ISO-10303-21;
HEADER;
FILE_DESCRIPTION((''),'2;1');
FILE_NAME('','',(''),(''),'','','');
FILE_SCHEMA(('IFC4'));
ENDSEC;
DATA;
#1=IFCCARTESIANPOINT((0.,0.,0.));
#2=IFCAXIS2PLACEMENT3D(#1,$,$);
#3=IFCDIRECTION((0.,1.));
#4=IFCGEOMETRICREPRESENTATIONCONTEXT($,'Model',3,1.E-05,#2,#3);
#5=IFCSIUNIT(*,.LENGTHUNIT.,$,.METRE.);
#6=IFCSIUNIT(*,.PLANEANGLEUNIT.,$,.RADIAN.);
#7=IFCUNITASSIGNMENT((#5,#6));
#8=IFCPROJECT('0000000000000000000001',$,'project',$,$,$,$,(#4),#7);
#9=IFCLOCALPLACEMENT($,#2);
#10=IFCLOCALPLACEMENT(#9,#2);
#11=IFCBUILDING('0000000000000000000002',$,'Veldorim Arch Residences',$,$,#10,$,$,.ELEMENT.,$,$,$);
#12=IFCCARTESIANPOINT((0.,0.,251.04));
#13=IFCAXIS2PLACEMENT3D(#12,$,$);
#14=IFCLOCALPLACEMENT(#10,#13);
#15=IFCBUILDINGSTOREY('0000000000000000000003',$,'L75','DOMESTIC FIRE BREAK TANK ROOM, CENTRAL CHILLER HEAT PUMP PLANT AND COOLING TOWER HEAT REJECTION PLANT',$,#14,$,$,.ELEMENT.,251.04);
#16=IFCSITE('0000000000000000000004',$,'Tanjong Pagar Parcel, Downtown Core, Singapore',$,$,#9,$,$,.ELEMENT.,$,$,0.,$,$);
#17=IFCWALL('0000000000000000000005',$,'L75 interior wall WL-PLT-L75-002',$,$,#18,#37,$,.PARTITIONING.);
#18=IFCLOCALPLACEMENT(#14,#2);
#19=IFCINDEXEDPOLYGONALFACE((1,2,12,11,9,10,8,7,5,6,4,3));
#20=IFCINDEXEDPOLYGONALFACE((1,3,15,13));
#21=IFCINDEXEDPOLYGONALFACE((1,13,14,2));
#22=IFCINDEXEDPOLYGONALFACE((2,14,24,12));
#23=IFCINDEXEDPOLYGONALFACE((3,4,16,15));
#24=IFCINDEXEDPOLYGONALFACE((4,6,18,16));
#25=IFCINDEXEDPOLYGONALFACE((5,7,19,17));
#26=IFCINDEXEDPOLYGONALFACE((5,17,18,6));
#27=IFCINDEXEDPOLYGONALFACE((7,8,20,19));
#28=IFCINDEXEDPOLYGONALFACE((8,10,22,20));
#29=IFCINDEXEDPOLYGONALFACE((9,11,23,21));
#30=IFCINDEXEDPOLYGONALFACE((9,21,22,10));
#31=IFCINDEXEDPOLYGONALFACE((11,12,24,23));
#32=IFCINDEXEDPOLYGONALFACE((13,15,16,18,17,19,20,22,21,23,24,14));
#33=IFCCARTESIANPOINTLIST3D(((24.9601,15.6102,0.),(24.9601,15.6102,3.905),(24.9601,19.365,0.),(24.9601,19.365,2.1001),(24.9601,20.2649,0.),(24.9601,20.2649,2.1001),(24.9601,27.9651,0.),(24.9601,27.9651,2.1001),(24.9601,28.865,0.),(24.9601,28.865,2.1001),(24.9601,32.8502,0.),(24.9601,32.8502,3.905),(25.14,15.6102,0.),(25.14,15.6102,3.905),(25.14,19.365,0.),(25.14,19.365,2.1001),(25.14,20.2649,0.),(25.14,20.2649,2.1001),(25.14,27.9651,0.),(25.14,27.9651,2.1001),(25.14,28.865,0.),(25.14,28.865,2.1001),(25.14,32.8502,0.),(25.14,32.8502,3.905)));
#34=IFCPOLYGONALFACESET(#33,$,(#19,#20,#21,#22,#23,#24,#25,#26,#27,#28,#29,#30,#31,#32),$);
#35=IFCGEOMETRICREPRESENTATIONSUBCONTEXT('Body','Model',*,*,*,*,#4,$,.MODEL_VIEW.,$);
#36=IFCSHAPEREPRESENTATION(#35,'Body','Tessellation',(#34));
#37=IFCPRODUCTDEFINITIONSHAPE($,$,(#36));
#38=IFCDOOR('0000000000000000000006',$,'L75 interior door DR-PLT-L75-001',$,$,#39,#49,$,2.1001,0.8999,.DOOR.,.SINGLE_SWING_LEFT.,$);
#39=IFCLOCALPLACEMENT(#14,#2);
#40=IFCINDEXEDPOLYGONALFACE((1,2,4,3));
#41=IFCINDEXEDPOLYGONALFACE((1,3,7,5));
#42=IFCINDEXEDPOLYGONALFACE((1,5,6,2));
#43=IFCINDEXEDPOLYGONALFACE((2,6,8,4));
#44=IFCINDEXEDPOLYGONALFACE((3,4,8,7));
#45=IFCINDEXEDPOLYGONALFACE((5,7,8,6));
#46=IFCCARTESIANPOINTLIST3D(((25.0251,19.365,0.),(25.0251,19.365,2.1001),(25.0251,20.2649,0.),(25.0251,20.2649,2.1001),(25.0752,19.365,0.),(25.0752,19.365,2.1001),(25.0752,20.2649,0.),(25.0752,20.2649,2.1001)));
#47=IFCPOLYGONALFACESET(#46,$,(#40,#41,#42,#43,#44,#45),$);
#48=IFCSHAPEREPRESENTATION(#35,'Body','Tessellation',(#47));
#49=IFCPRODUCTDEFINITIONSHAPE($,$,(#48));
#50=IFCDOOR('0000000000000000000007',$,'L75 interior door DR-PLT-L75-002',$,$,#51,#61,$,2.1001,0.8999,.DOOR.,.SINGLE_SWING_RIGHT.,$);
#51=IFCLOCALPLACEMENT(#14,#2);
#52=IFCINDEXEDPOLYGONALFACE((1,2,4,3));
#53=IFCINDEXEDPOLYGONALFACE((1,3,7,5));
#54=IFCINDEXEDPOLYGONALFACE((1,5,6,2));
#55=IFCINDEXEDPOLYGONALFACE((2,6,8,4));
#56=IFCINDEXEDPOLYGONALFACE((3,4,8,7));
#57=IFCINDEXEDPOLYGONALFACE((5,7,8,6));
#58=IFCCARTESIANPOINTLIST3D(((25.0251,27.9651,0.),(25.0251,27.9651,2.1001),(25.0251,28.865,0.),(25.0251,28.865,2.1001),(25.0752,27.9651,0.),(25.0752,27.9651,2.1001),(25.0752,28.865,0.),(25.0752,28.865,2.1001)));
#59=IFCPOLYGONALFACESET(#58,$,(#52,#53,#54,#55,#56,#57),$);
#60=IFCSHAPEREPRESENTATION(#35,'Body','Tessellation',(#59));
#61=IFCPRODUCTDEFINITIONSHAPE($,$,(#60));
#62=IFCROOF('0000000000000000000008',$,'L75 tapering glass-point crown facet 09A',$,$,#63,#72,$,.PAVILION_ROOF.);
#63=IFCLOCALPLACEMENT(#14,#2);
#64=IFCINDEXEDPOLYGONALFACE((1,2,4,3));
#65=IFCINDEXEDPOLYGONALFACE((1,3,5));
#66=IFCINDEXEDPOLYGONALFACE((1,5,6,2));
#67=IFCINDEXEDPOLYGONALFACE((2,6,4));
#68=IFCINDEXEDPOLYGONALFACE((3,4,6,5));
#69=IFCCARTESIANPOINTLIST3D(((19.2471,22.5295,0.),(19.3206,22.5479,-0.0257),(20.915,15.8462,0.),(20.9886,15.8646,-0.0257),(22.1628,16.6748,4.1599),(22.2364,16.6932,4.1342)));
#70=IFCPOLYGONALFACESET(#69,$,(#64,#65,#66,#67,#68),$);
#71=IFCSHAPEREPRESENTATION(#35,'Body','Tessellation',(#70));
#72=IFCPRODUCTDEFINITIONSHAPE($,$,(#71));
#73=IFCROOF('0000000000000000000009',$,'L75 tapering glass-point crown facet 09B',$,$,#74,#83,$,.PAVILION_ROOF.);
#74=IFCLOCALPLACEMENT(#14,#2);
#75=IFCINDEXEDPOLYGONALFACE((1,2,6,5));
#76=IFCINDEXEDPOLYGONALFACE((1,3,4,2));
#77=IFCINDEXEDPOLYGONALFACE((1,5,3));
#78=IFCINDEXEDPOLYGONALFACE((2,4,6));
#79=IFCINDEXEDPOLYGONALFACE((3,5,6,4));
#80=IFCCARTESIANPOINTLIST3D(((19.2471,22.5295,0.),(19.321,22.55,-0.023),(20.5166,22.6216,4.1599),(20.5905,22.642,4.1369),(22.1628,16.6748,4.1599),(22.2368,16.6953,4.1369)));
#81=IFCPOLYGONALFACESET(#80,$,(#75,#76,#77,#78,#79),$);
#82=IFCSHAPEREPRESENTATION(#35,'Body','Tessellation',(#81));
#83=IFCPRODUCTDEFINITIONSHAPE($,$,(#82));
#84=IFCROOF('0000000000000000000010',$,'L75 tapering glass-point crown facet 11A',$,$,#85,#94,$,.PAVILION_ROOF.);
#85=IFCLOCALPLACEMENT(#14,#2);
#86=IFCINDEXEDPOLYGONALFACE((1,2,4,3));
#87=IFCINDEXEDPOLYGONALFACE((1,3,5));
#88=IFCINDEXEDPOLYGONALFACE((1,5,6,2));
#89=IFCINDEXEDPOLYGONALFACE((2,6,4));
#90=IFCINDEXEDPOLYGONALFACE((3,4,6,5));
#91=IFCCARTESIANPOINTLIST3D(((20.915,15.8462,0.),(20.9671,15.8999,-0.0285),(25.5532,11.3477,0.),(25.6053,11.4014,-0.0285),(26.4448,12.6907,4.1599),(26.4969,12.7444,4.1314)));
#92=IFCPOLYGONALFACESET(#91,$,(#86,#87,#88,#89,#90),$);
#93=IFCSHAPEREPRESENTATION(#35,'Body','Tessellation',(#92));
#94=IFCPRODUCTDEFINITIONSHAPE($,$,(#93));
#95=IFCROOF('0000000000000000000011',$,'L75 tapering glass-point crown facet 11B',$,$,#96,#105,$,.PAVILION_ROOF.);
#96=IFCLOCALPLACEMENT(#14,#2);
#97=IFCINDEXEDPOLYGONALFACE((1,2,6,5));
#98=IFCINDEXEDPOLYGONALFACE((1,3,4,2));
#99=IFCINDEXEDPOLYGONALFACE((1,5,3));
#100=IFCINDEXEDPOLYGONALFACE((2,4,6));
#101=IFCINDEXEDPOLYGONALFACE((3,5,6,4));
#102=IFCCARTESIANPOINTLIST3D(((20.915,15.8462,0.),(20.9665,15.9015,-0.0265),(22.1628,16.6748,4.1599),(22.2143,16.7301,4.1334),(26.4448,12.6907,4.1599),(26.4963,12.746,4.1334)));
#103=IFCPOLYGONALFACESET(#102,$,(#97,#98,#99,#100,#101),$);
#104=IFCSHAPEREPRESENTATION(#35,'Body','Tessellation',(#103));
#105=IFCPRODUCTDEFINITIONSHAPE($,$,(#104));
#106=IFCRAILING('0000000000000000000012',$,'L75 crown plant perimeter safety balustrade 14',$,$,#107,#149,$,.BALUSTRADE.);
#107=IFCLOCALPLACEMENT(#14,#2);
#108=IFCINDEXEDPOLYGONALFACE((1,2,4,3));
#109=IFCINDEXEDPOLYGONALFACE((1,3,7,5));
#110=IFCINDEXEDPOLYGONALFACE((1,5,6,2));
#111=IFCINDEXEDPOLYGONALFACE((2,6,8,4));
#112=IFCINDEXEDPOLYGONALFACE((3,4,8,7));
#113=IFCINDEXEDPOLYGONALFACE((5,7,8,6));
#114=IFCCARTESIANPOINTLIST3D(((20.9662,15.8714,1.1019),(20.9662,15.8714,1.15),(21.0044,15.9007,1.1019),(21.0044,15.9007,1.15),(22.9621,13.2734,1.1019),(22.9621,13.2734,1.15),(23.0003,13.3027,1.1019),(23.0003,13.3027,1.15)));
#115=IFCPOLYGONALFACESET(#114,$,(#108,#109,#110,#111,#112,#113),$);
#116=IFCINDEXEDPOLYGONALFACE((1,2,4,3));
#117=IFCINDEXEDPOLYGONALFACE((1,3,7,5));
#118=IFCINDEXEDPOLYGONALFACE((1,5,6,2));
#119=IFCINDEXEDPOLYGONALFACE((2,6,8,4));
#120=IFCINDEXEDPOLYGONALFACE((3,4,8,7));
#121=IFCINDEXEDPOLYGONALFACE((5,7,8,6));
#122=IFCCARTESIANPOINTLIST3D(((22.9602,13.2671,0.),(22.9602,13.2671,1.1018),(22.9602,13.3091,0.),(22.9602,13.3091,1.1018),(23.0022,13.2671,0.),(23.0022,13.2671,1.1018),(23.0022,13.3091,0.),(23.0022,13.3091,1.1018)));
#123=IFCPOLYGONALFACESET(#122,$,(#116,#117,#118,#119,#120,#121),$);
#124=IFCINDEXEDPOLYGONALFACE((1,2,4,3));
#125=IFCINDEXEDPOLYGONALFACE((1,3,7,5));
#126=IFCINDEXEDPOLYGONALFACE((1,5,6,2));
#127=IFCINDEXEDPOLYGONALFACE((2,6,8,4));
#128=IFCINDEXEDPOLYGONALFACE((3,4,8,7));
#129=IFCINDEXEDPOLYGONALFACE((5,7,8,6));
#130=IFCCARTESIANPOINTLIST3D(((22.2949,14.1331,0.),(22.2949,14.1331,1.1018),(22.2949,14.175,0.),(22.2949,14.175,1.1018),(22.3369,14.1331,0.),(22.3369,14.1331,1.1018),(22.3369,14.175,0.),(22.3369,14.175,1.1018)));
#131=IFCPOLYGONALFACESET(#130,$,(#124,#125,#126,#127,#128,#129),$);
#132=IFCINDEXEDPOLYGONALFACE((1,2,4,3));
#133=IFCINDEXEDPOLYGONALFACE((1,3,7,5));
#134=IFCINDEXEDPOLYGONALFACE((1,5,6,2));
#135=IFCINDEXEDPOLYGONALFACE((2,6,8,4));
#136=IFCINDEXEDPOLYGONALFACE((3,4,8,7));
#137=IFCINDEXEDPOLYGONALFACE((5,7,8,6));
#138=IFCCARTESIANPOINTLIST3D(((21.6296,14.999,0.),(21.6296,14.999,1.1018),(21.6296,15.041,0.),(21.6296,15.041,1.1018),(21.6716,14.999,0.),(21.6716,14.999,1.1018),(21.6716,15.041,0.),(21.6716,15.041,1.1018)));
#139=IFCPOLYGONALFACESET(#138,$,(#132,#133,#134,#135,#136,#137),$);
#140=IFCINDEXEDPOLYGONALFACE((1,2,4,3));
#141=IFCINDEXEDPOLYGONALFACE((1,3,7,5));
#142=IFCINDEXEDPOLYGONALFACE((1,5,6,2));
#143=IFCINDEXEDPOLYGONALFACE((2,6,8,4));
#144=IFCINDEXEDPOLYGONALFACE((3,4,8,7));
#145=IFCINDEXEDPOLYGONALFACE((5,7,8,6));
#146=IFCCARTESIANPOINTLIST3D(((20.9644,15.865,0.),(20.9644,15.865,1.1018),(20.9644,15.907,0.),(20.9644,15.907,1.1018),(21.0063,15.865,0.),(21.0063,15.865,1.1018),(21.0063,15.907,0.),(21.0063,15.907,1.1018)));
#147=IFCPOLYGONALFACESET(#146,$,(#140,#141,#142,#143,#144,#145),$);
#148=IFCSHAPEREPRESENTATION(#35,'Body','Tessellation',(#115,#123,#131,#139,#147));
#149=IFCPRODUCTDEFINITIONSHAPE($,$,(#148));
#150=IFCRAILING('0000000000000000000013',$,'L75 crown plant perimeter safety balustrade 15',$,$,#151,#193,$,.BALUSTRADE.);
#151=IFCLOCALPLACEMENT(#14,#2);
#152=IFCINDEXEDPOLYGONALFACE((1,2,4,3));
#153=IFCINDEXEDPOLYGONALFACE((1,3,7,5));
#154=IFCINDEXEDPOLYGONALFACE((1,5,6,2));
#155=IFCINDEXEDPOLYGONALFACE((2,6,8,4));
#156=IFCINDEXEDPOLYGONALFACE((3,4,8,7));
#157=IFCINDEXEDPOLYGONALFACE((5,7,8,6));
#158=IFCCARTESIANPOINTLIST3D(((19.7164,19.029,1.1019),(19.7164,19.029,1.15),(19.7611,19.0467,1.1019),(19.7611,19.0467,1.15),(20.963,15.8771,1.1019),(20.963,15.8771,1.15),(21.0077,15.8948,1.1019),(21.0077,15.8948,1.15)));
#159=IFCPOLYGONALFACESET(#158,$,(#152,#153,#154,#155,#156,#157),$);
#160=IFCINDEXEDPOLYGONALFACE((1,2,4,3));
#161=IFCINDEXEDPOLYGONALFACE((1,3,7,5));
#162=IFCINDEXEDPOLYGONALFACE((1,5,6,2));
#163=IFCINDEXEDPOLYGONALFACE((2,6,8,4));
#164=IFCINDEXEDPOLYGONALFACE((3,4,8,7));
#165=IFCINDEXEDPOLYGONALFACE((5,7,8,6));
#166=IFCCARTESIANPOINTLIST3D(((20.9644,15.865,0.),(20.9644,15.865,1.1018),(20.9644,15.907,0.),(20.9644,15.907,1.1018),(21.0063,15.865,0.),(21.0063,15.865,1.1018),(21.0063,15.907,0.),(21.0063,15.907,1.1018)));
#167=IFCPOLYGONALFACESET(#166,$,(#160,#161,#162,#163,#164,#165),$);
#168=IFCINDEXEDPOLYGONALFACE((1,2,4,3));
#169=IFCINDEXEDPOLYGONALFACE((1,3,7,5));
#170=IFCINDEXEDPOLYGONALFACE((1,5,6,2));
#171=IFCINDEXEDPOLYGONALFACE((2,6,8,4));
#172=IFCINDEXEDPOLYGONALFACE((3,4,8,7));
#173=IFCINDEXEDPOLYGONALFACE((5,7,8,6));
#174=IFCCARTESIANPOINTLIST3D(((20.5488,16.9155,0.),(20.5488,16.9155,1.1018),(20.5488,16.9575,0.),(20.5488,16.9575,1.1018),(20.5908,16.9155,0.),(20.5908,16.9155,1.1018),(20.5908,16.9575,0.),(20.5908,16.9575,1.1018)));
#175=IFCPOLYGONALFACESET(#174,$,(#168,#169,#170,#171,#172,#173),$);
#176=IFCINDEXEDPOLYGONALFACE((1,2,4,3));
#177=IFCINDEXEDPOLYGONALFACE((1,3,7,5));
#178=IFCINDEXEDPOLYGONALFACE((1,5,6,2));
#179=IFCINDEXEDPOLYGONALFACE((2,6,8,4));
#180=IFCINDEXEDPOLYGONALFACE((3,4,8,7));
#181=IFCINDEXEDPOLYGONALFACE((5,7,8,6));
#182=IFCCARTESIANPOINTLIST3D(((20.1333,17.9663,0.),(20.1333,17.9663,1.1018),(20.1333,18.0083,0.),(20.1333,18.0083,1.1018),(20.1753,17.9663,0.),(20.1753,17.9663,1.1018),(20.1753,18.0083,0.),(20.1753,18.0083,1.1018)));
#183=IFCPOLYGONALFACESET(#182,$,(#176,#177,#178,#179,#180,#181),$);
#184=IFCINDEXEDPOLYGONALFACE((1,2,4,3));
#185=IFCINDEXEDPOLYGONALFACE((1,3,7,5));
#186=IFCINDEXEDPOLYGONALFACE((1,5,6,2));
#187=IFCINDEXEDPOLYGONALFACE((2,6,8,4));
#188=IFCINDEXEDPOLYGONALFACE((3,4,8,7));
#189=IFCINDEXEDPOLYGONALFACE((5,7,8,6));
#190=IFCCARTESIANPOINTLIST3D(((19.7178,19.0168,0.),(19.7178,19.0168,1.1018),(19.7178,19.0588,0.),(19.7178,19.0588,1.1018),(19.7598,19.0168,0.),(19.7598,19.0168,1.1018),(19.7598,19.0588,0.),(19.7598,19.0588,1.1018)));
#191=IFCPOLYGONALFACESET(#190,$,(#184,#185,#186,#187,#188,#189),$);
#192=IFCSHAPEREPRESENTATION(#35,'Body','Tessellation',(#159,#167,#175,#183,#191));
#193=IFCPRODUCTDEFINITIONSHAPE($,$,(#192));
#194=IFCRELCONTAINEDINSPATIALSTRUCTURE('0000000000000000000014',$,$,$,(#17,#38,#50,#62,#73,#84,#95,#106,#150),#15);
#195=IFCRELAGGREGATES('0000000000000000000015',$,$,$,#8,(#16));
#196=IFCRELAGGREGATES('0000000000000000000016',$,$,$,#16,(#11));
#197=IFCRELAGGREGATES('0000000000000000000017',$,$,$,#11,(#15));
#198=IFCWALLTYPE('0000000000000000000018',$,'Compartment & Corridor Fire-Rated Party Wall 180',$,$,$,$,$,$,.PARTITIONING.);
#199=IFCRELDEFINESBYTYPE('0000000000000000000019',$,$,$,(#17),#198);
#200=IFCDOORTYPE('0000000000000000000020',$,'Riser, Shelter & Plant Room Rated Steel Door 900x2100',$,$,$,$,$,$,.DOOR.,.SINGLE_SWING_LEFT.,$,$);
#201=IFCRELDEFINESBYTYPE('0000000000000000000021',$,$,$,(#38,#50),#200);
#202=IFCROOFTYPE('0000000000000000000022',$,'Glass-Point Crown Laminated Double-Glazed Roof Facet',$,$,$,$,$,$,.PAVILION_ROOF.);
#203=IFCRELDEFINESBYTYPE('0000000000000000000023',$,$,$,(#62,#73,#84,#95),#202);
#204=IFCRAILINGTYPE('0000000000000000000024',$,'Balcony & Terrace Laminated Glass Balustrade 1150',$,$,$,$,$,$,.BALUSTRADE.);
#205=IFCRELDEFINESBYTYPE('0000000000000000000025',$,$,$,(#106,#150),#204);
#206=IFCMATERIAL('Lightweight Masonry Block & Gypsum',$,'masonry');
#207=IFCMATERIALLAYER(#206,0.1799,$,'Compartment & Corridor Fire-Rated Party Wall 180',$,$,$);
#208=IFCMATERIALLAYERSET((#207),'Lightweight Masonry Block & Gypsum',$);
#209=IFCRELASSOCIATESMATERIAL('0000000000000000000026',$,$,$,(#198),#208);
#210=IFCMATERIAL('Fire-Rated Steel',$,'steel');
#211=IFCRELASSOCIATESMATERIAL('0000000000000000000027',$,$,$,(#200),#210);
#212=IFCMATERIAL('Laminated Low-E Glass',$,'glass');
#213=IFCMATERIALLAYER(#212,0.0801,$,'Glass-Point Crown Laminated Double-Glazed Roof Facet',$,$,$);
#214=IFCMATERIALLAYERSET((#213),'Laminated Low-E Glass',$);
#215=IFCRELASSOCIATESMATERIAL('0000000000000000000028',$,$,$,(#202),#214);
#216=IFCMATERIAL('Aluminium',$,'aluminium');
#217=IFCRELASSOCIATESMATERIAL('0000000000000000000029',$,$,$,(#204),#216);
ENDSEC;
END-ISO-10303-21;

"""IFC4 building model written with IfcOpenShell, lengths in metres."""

from ifc_helpers import new_model, si_unit, direction, frame, frame_2d, origin, origin_2d, place, context, subcontext, project, spatial, polyline, rectangle, outline, extrude, material, layer, layer_set, type_object, element, fill, save


model = new_model("IFC4")

# Units and contexts
model_context = context("Model", 3, precision=1e-05, world=origin(), true_north=direction((0.0, 1.0)))
body_context = subcontext(model_context, "Body", "Model", "MODEL_VIEW")
ifc_project = project(units=[si_unit("LENGTHUNIT", "METRE"), si_unit("PLANEANGLEUNIT", "RADIAN")], contexts=[model_context])

# Site, building, storey
site_placement = place(None, origin())
site = spatial("IfcSite", under=ifc_project, at=site_placement, Name="Tanjong Pagar Parcel, Downtown Core, Singapore", CompositionType="ELEMENT", RefElevation=0.0)
building_placement = place(site_placement, origin())
building = spatial("IfcBuilding", under=site, at=building_placement, Name="Veldorim Arch Residences", CompositionType="ELEMENT")
storey_placement = place(building_placement, frame((0.0, 0.0, 251.04)))
storey = spatial("IfcBuildingStorey", under=building, at=storey_placement, Name="L75", Description="DOMESTIC FIRE BREAK TANK ROOM, CENTRAL CHILLER HEAT PUMP PLANT AND COOLING TOWER HEAT REJECTION PLANT", CompositionType="ELEMENT", Elevation=251.04)

# Wall, openings, doors
ifc_material_1 = material(Name="Lightweight Masonry Block & Gypsum", Category="masonry")
ifc_layer_1 = layer(ifc_material_1, 0.1799, Name="Compartment & Corridor Fire-Rated Party Wall 180")
ifc_layer_set_1 = layer_set([ifc_layer_1], Name="Lightweight Masonry Block & Gypsum")
wall_type = type_object("IfcWallType", Name="Compartment & Corridor Fire-Rated Party Wall 180", PredefinedType="PARTITIONING", material=ifc_layer_set_1)
wall_placement = place(storey_placement, frame((25.05, 15.6101, 0.0), z_axis=(0.0, 0.0, 1.0), x_axis=(0.0, 1.0, 0.0)))
wall = element("IfcWall", 1, at=wall_placement, inside=storey, type_object=wall_type, Name="L75 interior wall WL-PLT-L75-002", PredefinedType="PARTITIONING", context=body_context, shape_type="SweptSolid", body=[
    extrude(rectangle(XDim=17.24, YDim=0.1799, at=frame_2d((8.6201, 0.0))), origin(), (0.0, 0.0, 1.0), 3.905),
])
opening_1_placement = place(wall_placement, frame((3.7549, 0.0, 0.0)))
opening_1 = element("IfcOpeningElement", 2, at=opening_1_placement, cuts=wall, PredefinedType="OPENING", context=body_context, shape_type="SweptSolid", body=[
    extrude(rectangle(XDim=0.8999, YDim=2.1001, at=frame_2d((0.45, 1.05))), frame((0.0, 0.0999, 0.0), z_axis=(0.0, -1.0, 0.0), x_axis=(1.0, 0.0, 0.0)), (0.0, 0.0, 1.0), 0.2),
])
opening_2_placement = place(wall_placement, frame((12.355, 0.0, 0.0)))
opening_2 = element("IfcOpeningElement", 3, at=opening_2_placement, cuts=wall, PredefinedType="OPENING", context=body_context, shape_type="SweptSolid", body=[
    extrude(rectangle(XDim=0.8999, YDim=2.1001, at=frame_2d((0.45, 1.05))), frame((0.0, 0.0999, 0.0), z_axis=(0.0, -1.0, 0.0), x_axis=(1.0, 0.0, 0.0)), (0.0, 0.0, 1.0), 0.2),
])
ifc_material_2 = material(Name="Fire-Rated Steel", Category="steel")
door_type = type_object("IfcDoorType", Name="Riser, Shelter & Plant Room Rated Steel Door 900x2100", OperationType="SINGLE_SWING_LEFT", PredefinedType="DOOR", material=ifc_material_2)
door_1_placement = place(opening_1_placement, origin())
door_1 = element("IfcDoor", 4, at=door_1_placement, inside=storey, type_object=door_type, Name="L75 interior door DR-PLT-L75-001", OperationType="SINGLE_SWING_LEFT", OverallHeight=2.1001, OverallWidth=0.8999, PredefinedType="DOOR", context=body_context, shape_type="SweptSolid", body=[
    extrude(rectangle(XDim=0.8999, YDim=2.1001, at=frame_2d((0.45, 1.05))), frame((0.0, 0.0249, 0.0), z_axis=(0.0, -1.0, 0.0), x_axis=(1.0, 0.0, 0.0)), (0.0, 0.0, 1.0), 0.05),
])
fill(opening_1, door_1)
door_2_placement = place(opening_2_placement, origin())
door_2 = element("IfcDoor", 5, at=door_2_placement, inside=storey, type_object=door_type, Name="L75 interior door DR-PLT-L75-002", OperationType="SINGLE_SWING_RIGHT", OverallHeight=2.1001, OverallWidth=0.8999, PredefinedType="DOOR", context=body_context, shape_type="SweptSolid", body=[
    extrude(rectangle(XDim=0.8999, YDim=2.1001, at=frame_2d((0.45, 1.05))), frame((0.0, 0.0249, 0.0), z_axis=(0.0, -1.0, 0.0), x_axis=(1.0, 0.0, 0.0)), (0.0, 0.0, 1.0), 0.05),
])
fill(opening_2, door_2)

# Roofs
ifc_material_3 = material(Name="Laminated Low-E Glass", Category="glass")
ifc_layer_2 = layer(ifc_material_3, 0.0801, Name="Glass-Point Crown Laminated Double-Glazed Roof Facet")
ifc_layer_set_2 = layer_set([ifc_layer_2], Name="Laminated Low-E Glass")
roof_type = type_object("IfcRoofType", Name="Glass-Point Crown Laminated Double-Glazed Roof Facet", PredefinedType="PAVILION_ROOF", material=ifc_layer_set_2)
roof_1_placement = place(storey_placement, frame((19.2471, 22.5295, 0.0), z_axis=(-0.918803, -0.229306, 0.321279), x_axis=(0.242144, -0.97024, 0.0)))
element("IfcRoof", 6, at=roof_1_placement, inside=storey, type_object=roof_type, Name="L75 tapering glass-point crown facet 09A", PredefinedType="PAVILION_ROOF", context=body_context, shape_type="SweptSolid", body=[
    extrude(outline(polyline([(0.0, 0.0), (6.8883, 0.0), (6.3865, 4.3928), (0.0, 0.0)])), origin(), (0.0, 0.0, -1.0), 0.0801),
])
roof_2_placement = place(storey_placement, frame((19.2471, 22.5295, 0.0), z_axis=(-0.923102, -0.255541, 0.287368), x_axis=(0.37616, -0.755311, 0.536664)))
element("IfcRoof", 7, at=roof_2_placement, inside=storey, type_object=roof_type, Name="L75 tapering glass-point crown facet 09B", PredefinedType="PAVILION_ROOF", context=body_context, shape_type="SweptSolid", body=[
    extrude(outline(polyline([(0.0, 0.0), (7.7514, 0.0), (2.6405, 3.4573), (0.0, 0.0)])), origin(), (0.0, 0.0, -1.0), 0.0801),
])
roof_3_placement = place(storey_placement, frame((20.915, 15.8462, 0.0), z_axis=(-0.650603, -0.6708, 0.356011), x_axis=(0.717831, -0.696218, 0.0)))
element("IfcRoof", 8, at=roof_3_placement, inside=storey, type_object=roof_type, Name="L75 tapering glass-point crown facet 11A", PredefinedType="PAVILION_ROOF", context=body_context, shape_type="SweptSolid", body=[
    extrude(outline(polyline([(0.0, 0.0), (6.4614, 0.0), (6.1664, 4.4516), (0.0, 0.0)])), origin(), (0.0, 0.0, -1.0), 0.0801),
])
roof_4_placement = place(storey_placement, frame((20.915, 15.8462, 0.0), z_axis=(-0.642911, -0.690975, 0.330482), x_axis=(0.727096, -0.41491, 0.546975)))
element("IfcRoof", 9, at=roof_4_placement, inside=storey, type_object=roof_type, Name="L75 tapering glass-point crown facet 11B", PredefinedType="PAVILION_ROOF", context=body_context, shape_type="SweptSolid", body=[
    extrude(outline(polyline([(0.0, 0.0), (7.6053, 0.0), (2.8388, 3.3896), (0.0, 0.0)])), origin(), (0.0, 0.0, -1.0), 0.0801),
])

# Railings
ifc_material_4 = material(Name="Aluminium", Category="aluminium")
railing_type = type_object("IfcRailingType", Name="Balcony & Terrace Laminated Glass Balustrade 1150", PredefinedType="BALUSTRADE", material=ifc_material_4)
railing_1_placement = place(storey_placement, frame((22.9812, 13.2881, 0.0)))
element("IfcRailing", 10, at=railing_1_placement, inside=storey, type_object=railing_type, Name="L75 crown plant perimeter safety balustrade 14", PredefinedType="BALUSTRADE", context=body_context, shape_type="SweptSolid", body=[
    extrude(rectangle(XDim=0.0481, YDim=0.0481, at=origin_2d()), frame((0.0, 0.0, 1.126), z_axis=(-0.609224, 0.792998, 0.0), x_axis=(-0.792998, -0.609224, 0.0)), (0.0, 0.0, 1.0), 3.2761),
    extrude(rectangle(XDim=0.042, YDim=0.042, at=origin_2d()), origin(), (0.0, 0.0, 1.0), 1.1018),
    extrude(rectangle(XDim=0.042, YDim=0.042, at=origin_2d()), frame((-0.6653, 0.866, 0.0)), (0.0, 0.0, 1.0), 1.1018),
    extrude(rectangle(XDim=0.042, YDim=0.042, at=origin_2d()), frame((-1.3306, 1.7319, 0.0)), (0.0, 0.0, 1.0), 1.1018),
    extrude(rectangle(XDim=0.042, YDim=0.042, at=origin_2d()), frame((-1.9958, 2.5979, 0.0)), (0.0, 0.0, 1.0), 1.1018),
])
railing_2_placement = place(storey_placement, frame((20.9854, 15.886, 0.0)))
element("IfcRailing", 11, at=railing_2_placement, inside=storey, type_object=railing_type, Name="L75 crown plant perimeter safety balustrade 15", PredefinedType="BALUSTRADE", context=body_context, shape_type="SweptSolid", body=[
    extrude(rectangle(XDim=0.0481, YDim=0.0481, at=origin_2d()), frame((0.0, 0.0, 1.126), z_axis=(-0.367786, 0.92991, 0.0), x_axis=(-0.92991, -0.367786, 0.0)), (0.0, 0.0, 1.0), 3.3894),
    extrude(rectangle(XDim=0.042, YDim=0.042, at=origin_2d()), origin(), (0.0, 0.0, 1.0), 1.1018),
    extrude(rectangle(XDim=0.042, YDim=0.042, at=origin_2d()), frame((-0.4155, 1.0505, 0.0)), (0.0, 0.0, 1.0), 1.1018),
    extrude(rectangle(XDim=0.042, YDim=0.042, at=origin_2d()), frame((-0.8311, 2.1013, 0.0)), (0.0, 0.0, 1.0), 1.1018),
    extrude(rectangle(XDim=0.042, YDim=0.042, at=origin_2d()), frame((-1.2466, 3.1519, 0.0)), (0.0, 0.0, 1.0), 1.1018),
])

save(model, "model.ifc")
